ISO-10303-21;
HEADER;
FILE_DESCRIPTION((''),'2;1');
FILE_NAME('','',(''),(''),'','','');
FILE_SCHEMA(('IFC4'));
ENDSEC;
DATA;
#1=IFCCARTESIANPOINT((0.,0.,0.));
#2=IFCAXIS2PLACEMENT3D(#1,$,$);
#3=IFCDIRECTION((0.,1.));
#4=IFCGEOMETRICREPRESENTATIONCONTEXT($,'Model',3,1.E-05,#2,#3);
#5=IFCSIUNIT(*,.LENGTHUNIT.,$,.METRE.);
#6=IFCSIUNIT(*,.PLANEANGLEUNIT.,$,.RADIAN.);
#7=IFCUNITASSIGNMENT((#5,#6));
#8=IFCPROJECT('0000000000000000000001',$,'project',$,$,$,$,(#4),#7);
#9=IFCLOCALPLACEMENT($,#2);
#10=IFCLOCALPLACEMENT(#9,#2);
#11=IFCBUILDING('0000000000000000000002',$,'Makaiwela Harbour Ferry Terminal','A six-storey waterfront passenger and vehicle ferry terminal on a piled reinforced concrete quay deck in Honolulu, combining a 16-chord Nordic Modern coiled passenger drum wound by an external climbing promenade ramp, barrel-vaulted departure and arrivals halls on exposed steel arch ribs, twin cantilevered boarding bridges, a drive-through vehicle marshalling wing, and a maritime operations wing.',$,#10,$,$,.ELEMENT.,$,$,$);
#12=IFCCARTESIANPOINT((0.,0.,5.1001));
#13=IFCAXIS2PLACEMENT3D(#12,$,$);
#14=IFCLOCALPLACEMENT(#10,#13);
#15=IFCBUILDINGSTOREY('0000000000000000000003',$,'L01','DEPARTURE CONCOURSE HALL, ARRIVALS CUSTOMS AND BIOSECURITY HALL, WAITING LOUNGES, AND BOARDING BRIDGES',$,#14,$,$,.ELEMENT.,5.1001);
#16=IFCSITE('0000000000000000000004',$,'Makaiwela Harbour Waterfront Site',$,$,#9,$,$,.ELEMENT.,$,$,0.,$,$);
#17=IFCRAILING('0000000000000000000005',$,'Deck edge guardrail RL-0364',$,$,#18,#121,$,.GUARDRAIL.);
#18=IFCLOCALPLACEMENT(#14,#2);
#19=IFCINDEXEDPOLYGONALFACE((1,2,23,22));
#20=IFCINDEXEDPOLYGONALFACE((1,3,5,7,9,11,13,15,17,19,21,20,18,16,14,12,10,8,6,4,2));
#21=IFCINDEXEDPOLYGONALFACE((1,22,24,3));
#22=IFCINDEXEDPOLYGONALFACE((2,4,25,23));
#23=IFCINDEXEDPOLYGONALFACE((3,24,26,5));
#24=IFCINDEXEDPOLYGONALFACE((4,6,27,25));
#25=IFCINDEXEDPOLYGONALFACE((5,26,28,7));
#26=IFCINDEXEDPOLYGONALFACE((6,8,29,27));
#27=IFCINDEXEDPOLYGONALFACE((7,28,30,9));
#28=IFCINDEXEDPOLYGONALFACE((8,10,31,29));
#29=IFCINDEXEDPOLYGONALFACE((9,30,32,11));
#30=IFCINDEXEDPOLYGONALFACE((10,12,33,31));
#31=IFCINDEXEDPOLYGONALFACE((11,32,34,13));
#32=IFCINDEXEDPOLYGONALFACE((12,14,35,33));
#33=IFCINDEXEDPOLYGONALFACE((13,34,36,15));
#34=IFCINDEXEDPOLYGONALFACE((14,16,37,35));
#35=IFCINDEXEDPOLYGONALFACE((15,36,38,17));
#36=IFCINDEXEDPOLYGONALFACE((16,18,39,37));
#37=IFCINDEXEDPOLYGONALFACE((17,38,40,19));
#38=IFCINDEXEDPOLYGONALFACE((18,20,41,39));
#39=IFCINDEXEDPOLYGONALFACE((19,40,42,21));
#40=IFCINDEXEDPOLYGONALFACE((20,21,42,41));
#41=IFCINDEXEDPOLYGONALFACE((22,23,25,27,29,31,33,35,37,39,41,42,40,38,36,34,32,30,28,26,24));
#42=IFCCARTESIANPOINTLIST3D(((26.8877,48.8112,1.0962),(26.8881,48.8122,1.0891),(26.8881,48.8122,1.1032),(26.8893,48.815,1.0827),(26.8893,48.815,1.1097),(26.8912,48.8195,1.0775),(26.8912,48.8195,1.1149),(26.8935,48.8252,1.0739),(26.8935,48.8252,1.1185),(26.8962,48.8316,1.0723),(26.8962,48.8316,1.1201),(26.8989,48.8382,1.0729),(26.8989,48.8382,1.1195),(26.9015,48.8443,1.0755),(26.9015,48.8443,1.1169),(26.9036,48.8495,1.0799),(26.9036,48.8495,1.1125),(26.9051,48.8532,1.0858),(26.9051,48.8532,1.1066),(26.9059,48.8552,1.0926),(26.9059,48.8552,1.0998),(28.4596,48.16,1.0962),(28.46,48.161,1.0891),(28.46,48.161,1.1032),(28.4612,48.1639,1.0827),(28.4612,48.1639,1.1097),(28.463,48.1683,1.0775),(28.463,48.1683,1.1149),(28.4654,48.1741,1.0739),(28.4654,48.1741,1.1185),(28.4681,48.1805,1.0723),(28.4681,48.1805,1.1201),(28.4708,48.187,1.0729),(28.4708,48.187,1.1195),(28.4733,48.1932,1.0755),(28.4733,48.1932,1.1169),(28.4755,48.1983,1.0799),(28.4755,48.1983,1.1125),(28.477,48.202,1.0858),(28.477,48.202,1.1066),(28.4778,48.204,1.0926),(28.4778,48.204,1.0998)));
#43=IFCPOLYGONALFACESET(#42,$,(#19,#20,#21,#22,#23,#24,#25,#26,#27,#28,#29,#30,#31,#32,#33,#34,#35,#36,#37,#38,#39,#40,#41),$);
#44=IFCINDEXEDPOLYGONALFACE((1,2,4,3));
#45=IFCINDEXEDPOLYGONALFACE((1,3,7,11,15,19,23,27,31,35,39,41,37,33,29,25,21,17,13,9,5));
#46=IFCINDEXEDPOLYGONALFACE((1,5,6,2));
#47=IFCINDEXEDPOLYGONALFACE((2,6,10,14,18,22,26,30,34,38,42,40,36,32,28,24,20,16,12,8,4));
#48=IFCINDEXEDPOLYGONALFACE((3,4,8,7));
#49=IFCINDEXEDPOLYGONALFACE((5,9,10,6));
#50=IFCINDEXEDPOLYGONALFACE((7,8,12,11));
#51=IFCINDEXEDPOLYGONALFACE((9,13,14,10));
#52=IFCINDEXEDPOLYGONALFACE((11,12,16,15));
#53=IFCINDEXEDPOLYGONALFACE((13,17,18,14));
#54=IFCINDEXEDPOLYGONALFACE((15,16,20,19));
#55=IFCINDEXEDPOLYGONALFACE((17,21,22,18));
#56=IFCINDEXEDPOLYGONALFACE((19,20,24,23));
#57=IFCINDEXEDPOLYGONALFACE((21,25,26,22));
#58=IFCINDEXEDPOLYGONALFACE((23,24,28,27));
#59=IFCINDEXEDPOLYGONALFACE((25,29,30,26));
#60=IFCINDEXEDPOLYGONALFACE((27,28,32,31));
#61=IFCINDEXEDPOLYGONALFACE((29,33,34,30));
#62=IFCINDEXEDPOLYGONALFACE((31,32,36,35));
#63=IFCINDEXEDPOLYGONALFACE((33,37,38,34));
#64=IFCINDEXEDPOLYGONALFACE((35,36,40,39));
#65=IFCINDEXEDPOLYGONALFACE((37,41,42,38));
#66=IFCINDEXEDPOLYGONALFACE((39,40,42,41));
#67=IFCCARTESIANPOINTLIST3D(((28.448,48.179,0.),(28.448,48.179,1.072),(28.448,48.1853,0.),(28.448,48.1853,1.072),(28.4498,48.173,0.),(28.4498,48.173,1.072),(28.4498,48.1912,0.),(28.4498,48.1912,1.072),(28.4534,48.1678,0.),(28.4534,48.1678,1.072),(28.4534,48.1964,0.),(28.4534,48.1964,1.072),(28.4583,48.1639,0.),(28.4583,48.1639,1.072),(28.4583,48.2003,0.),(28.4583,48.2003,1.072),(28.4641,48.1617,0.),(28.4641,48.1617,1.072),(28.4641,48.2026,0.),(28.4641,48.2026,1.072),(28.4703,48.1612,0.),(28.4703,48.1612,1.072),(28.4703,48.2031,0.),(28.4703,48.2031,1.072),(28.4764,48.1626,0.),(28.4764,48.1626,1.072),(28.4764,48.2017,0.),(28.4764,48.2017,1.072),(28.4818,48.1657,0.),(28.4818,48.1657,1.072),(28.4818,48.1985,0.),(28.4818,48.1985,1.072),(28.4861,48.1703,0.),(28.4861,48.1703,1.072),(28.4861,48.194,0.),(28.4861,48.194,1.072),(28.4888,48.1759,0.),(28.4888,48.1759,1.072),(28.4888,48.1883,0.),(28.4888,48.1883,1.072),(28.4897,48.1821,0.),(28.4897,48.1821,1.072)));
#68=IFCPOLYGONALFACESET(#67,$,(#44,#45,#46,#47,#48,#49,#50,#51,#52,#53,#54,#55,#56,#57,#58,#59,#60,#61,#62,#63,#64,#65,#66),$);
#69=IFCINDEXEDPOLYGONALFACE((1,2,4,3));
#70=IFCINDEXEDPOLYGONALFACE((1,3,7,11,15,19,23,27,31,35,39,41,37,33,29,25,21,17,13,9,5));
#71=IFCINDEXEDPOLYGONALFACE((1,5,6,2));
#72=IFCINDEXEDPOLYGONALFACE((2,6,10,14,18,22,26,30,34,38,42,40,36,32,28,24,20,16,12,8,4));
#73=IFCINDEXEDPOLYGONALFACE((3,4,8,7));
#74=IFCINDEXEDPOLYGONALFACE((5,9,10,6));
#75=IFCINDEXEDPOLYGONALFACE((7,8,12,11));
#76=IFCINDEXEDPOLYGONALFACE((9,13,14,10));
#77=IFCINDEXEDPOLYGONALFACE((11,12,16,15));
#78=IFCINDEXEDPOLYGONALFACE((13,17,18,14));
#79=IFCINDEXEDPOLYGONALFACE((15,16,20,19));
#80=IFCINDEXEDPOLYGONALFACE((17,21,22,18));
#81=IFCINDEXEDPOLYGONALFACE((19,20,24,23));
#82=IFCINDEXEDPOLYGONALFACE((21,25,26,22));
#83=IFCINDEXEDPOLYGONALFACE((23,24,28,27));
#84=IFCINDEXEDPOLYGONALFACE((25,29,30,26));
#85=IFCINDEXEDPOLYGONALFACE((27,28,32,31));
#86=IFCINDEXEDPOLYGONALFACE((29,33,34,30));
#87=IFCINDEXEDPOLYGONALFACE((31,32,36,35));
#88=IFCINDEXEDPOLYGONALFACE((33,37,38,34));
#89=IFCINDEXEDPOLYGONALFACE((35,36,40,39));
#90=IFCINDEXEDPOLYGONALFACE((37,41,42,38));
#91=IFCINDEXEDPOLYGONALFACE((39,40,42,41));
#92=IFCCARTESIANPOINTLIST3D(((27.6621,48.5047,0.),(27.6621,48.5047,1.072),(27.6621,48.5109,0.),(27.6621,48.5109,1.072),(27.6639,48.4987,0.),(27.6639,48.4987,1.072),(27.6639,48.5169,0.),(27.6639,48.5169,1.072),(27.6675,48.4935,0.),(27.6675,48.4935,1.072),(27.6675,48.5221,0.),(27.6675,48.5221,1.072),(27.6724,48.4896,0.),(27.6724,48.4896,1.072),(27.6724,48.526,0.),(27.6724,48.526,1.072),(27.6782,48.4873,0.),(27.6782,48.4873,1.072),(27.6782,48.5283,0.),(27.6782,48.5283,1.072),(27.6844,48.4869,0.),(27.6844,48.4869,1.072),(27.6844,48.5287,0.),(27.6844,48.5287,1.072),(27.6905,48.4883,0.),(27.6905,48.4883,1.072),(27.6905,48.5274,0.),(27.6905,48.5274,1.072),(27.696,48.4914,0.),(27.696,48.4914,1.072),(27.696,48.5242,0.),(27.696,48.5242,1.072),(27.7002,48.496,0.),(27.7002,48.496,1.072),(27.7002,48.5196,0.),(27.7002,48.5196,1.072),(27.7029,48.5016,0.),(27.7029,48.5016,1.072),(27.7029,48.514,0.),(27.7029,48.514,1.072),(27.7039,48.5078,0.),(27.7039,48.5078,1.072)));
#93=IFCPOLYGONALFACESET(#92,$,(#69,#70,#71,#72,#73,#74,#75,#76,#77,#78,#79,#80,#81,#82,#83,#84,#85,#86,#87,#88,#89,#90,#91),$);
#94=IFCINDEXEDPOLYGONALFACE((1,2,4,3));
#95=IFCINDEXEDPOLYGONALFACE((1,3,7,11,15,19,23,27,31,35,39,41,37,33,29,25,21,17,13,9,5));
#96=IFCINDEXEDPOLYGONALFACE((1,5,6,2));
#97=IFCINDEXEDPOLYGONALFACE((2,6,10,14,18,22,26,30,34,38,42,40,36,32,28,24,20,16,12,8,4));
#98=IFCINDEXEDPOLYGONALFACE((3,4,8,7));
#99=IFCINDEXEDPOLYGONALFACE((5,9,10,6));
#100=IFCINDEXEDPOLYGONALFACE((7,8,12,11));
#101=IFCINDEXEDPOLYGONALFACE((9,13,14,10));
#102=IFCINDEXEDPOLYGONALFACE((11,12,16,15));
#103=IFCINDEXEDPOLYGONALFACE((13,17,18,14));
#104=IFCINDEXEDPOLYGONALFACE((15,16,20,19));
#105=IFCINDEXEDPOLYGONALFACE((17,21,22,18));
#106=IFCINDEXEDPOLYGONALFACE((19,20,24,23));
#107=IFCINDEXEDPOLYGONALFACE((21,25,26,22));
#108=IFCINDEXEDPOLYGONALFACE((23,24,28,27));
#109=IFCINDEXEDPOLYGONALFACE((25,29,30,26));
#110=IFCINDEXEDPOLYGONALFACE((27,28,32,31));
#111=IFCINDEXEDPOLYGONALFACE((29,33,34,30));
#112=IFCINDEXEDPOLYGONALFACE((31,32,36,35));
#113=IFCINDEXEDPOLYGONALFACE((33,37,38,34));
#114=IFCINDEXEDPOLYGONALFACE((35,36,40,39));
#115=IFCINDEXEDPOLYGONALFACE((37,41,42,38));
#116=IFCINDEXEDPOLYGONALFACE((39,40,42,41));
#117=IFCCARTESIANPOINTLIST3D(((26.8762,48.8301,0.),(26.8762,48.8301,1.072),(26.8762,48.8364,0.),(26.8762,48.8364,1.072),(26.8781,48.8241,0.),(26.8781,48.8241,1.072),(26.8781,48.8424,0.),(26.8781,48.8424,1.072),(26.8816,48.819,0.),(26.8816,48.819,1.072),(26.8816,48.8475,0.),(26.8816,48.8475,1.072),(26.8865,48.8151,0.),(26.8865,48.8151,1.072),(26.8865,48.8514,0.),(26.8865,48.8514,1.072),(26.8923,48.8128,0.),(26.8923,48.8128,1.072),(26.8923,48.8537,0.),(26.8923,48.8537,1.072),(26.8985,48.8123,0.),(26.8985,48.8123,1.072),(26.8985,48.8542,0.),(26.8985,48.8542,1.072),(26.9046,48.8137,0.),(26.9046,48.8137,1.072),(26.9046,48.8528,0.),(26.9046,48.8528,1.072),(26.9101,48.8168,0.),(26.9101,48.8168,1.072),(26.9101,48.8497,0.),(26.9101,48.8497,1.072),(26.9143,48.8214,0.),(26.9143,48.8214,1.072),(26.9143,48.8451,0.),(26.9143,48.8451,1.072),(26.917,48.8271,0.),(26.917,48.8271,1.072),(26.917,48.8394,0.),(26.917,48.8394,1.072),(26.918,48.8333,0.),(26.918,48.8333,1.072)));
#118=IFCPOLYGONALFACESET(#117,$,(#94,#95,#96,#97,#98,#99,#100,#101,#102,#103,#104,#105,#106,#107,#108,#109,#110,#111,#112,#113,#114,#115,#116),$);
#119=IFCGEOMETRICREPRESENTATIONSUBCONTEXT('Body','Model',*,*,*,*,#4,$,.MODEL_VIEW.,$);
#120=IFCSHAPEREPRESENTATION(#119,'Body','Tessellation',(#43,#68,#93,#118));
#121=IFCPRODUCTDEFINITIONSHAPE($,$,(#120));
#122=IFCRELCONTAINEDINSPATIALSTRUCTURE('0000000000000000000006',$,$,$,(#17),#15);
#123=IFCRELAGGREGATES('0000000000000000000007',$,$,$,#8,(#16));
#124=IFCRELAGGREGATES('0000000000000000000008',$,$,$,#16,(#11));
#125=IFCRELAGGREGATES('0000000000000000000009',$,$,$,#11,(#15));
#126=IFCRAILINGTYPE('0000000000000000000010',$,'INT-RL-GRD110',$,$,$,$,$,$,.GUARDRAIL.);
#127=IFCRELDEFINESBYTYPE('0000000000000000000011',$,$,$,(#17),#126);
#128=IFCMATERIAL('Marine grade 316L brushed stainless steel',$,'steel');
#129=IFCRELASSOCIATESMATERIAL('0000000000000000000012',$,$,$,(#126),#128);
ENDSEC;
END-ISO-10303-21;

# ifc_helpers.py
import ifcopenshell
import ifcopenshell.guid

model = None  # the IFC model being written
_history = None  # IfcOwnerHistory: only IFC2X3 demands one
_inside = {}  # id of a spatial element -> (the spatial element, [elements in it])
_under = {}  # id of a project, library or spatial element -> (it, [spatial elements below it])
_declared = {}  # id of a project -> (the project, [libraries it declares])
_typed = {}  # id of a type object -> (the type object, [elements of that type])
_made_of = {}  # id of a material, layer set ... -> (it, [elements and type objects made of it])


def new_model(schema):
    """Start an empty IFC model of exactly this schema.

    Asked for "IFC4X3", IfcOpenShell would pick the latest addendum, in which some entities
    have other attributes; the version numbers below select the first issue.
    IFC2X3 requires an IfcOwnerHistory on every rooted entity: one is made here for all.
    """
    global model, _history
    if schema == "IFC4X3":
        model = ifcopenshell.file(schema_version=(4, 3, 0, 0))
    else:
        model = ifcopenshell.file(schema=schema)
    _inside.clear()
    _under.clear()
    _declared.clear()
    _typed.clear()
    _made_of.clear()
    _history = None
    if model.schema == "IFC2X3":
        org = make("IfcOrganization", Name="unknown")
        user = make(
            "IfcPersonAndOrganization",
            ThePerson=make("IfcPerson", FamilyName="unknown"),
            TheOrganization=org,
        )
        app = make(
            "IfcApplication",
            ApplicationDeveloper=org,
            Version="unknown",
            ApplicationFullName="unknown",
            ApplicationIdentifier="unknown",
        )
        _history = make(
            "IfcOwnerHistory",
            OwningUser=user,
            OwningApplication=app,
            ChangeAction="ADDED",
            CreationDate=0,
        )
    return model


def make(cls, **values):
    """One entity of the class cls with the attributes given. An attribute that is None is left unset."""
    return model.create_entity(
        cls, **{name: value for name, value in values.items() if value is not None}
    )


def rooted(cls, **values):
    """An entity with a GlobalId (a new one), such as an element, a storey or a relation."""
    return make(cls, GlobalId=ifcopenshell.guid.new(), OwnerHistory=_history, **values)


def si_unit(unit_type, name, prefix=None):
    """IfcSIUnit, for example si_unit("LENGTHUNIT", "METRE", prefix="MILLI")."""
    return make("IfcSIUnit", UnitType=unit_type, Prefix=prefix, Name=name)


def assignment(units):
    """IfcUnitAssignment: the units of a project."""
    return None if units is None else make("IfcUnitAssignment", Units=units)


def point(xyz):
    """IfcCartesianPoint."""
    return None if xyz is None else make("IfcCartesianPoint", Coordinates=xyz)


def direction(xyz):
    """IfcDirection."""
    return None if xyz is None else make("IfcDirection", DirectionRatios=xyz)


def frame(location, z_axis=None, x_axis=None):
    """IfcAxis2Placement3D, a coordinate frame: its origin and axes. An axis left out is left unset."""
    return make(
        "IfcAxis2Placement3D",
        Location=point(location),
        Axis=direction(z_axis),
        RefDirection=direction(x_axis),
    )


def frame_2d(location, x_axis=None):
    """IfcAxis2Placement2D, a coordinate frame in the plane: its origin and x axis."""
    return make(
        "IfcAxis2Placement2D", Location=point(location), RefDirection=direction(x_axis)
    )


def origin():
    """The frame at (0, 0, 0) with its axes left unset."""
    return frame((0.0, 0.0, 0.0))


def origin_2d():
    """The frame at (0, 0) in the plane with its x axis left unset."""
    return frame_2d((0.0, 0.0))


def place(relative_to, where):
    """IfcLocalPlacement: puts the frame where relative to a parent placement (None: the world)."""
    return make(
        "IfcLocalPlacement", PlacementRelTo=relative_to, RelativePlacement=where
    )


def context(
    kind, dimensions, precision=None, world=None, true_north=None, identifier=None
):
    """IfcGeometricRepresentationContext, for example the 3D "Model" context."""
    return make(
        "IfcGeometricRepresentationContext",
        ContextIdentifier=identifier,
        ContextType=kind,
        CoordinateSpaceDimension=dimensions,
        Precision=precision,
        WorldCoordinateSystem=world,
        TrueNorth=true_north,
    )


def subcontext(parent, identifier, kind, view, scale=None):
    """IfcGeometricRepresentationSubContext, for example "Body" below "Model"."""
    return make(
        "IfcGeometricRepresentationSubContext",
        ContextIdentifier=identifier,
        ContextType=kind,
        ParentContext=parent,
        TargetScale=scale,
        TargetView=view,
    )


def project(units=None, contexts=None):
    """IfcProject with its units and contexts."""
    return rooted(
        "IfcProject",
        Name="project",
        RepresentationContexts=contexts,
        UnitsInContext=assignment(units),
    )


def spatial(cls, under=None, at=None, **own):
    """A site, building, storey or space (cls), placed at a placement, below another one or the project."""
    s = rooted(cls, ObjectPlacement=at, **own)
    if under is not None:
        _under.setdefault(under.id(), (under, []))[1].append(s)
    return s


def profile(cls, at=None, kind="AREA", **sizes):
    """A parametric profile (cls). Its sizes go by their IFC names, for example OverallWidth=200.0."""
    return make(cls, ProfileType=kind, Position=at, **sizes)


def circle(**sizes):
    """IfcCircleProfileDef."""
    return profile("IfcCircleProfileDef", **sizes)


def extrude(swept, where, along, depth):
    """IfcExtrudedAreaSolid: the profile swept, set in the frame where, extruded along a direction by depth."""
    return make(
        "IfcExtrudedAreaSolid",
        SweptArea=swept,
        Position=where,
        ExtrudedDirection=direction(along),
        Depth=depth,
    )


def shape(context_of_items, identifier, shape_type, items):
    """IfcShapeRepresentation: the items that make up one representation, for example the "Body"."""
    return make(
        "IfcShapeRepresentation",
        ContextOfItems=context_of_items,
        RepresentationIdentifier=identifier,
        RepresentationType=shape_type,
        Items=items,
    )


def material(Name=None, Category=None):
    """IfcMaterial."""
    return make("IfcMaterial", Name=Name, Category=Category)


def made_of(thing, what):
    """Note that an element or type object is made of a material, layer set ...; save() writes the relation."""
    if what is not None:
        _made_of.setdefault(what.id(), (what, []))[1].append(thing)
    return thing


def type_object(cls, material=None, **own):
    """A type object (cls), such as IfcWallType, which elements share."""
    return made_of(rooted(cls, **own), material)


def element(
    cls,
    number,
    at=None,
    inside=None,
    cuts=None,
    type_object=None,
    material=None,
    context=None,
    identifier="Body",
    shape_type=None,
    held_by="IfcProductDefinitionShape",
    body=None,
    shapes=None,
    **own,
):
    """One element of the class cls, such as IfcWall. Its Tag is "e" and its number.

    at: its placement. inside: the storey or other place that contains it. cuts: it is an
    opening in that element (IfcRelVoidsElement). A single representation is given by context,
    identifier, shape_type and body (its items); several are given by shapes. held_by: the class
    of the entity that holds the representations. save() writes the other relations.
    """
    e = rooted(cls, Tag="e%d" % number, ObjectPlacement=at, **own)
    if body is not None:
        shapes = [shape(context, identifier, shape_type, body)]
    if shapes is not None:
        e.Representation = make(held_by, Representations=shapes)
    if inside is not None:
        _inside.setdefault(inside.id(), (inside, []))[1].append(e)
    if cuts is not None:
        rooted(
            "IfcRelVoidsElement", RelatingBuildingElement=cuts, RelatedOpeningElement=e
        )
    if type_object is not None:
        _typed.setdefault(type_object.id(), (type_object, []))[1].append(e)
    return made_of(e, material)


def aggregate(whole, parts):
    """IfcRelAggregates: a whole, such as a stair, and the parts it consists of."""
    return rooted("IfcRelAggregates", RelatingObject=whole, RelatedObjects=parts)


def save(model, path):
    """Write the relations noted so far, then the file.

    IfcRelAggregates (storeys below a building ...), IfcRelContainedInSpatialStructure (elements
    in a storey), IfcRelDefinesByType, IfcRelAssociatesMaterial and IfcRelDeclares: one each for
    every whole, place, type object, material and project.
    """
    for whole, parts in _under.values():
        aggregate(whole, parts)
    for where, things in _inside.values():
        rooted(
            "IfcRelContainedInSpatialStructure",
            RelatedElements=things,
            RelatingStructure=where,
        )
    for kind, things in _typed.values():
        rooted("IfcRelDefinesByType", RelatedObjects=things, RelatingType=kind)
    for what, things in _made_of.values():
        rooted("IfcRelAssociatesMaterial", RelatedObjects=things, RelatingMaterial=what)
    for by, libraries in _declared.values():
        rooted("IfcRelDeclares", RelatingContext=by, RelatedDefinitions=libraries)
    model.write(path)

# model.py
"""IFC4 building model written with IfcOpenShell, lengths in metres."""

from ifc_helpers import new_model, si_unit, direction, frame, origin, origin_2d, place, context, subcontext, project, spatial, circle, extrude, material, type_object, element, save


model = new_model("IFC4")

# Units and contexts
model_context = context("Model", 3, precision=1e-05, world=origin(), true_north=direction((0.0, 1.0)))
body_context = subcontext(model_context, "Body", "Model", "MODEL_VIEW")
ifc_project = project(units=[si_unit("LENGTHUNIT", "METRE"), si_unit("PLANEANGLEUNIT", "RADIAN")], contexts=[model_context])

# Site, building, storey
site_placement = place(None, origin())
site = spatial("IfcSite", under=ifc_project, at=site_placement, Name="Makaiwela Harbour Waterfront Site", CompositionType="ELEMENT", RefElevation=0.0)
building_placement = place(site_placement, origin())
building = spatial("IfcBuilding", under=site, at=building_placement, Name="Makaiwela Harbour Ferry Terminal", Description="A six-storey waterfront passenger and vehicle ferry terminal on a piled reinforced concrete quay deck in Honolulu, combining a 16-chord Nordic Modern coiled passenger drum wound by an external climbing promenade ramp, barrel-vaulted departure and arrivals halls on exposed steel arch ribs, twin cantilevered boarding bridges, a drive-through vehicle marshalling wing, and a maritime operations wing.", CompositionType="ELEMENT")
storey_placement = place(building_placement, frame((0.0, 0.0, 5.1001)))
storey = spatial("IfcBuildingStorey", under=building, at=storey_placement, Name="L01", Description="DEPARTURE CONCOURSE HALL, ARRIVALS CUSTOMS AND BIOSECURITY HALL, WAITING LOUNGES, AND BOARDING BRIDGES", CompositionType="ELEMENT", Elevation=5.1001)

# Railing
ifc_material_1 = material(Name="Marine grade 316L brushed stainless steel", Category="steel")
railing_type = type_object("IfcRailingType", Name="INT-RL-GRD110", PredefinedType="GUARDRAIL", material=ifc_material_1)
railing_1_placement = place(storey_placement, frame((28.4688, 48.1821, 0.0)))
element("IfcRailing", 1, at=railing_1_placement, inside=storey, type_object=railing_type, Name="Deck edge guardrail RL-0364", PredefinedType="GUARDRAIL", context=body_context, shape_type="SweptSolid", body=[
    extrude(circle(Radius=0.0239, at=origin_2d()), frame((0.0, 0.0, 1.0962), z_axis=(-0.923865, 0.382719, 0.0), x_axis=(-0.382719, -0.923865, 0.0)), (0.0, 0.0, 1.0), 1.7014),
    extrude(circle(Radius=0.021, at=origin_2d()), origin(), (0.0, 0.0, 1.0), 1.072),
    extrude(circle(Radius=0.021, at=origin_2d()), frame((-0.7859, 0.3257, 0.0)), (0.0, 0.0, 1.0), 1.072),
    extrude(circle(Radius=0.021, at=origin_2d()), frame((-1.5718, 0.6511, 0.0)), (0.0, 0.0, 1.0), 1.072),
])

save(model, "model.ifc")
